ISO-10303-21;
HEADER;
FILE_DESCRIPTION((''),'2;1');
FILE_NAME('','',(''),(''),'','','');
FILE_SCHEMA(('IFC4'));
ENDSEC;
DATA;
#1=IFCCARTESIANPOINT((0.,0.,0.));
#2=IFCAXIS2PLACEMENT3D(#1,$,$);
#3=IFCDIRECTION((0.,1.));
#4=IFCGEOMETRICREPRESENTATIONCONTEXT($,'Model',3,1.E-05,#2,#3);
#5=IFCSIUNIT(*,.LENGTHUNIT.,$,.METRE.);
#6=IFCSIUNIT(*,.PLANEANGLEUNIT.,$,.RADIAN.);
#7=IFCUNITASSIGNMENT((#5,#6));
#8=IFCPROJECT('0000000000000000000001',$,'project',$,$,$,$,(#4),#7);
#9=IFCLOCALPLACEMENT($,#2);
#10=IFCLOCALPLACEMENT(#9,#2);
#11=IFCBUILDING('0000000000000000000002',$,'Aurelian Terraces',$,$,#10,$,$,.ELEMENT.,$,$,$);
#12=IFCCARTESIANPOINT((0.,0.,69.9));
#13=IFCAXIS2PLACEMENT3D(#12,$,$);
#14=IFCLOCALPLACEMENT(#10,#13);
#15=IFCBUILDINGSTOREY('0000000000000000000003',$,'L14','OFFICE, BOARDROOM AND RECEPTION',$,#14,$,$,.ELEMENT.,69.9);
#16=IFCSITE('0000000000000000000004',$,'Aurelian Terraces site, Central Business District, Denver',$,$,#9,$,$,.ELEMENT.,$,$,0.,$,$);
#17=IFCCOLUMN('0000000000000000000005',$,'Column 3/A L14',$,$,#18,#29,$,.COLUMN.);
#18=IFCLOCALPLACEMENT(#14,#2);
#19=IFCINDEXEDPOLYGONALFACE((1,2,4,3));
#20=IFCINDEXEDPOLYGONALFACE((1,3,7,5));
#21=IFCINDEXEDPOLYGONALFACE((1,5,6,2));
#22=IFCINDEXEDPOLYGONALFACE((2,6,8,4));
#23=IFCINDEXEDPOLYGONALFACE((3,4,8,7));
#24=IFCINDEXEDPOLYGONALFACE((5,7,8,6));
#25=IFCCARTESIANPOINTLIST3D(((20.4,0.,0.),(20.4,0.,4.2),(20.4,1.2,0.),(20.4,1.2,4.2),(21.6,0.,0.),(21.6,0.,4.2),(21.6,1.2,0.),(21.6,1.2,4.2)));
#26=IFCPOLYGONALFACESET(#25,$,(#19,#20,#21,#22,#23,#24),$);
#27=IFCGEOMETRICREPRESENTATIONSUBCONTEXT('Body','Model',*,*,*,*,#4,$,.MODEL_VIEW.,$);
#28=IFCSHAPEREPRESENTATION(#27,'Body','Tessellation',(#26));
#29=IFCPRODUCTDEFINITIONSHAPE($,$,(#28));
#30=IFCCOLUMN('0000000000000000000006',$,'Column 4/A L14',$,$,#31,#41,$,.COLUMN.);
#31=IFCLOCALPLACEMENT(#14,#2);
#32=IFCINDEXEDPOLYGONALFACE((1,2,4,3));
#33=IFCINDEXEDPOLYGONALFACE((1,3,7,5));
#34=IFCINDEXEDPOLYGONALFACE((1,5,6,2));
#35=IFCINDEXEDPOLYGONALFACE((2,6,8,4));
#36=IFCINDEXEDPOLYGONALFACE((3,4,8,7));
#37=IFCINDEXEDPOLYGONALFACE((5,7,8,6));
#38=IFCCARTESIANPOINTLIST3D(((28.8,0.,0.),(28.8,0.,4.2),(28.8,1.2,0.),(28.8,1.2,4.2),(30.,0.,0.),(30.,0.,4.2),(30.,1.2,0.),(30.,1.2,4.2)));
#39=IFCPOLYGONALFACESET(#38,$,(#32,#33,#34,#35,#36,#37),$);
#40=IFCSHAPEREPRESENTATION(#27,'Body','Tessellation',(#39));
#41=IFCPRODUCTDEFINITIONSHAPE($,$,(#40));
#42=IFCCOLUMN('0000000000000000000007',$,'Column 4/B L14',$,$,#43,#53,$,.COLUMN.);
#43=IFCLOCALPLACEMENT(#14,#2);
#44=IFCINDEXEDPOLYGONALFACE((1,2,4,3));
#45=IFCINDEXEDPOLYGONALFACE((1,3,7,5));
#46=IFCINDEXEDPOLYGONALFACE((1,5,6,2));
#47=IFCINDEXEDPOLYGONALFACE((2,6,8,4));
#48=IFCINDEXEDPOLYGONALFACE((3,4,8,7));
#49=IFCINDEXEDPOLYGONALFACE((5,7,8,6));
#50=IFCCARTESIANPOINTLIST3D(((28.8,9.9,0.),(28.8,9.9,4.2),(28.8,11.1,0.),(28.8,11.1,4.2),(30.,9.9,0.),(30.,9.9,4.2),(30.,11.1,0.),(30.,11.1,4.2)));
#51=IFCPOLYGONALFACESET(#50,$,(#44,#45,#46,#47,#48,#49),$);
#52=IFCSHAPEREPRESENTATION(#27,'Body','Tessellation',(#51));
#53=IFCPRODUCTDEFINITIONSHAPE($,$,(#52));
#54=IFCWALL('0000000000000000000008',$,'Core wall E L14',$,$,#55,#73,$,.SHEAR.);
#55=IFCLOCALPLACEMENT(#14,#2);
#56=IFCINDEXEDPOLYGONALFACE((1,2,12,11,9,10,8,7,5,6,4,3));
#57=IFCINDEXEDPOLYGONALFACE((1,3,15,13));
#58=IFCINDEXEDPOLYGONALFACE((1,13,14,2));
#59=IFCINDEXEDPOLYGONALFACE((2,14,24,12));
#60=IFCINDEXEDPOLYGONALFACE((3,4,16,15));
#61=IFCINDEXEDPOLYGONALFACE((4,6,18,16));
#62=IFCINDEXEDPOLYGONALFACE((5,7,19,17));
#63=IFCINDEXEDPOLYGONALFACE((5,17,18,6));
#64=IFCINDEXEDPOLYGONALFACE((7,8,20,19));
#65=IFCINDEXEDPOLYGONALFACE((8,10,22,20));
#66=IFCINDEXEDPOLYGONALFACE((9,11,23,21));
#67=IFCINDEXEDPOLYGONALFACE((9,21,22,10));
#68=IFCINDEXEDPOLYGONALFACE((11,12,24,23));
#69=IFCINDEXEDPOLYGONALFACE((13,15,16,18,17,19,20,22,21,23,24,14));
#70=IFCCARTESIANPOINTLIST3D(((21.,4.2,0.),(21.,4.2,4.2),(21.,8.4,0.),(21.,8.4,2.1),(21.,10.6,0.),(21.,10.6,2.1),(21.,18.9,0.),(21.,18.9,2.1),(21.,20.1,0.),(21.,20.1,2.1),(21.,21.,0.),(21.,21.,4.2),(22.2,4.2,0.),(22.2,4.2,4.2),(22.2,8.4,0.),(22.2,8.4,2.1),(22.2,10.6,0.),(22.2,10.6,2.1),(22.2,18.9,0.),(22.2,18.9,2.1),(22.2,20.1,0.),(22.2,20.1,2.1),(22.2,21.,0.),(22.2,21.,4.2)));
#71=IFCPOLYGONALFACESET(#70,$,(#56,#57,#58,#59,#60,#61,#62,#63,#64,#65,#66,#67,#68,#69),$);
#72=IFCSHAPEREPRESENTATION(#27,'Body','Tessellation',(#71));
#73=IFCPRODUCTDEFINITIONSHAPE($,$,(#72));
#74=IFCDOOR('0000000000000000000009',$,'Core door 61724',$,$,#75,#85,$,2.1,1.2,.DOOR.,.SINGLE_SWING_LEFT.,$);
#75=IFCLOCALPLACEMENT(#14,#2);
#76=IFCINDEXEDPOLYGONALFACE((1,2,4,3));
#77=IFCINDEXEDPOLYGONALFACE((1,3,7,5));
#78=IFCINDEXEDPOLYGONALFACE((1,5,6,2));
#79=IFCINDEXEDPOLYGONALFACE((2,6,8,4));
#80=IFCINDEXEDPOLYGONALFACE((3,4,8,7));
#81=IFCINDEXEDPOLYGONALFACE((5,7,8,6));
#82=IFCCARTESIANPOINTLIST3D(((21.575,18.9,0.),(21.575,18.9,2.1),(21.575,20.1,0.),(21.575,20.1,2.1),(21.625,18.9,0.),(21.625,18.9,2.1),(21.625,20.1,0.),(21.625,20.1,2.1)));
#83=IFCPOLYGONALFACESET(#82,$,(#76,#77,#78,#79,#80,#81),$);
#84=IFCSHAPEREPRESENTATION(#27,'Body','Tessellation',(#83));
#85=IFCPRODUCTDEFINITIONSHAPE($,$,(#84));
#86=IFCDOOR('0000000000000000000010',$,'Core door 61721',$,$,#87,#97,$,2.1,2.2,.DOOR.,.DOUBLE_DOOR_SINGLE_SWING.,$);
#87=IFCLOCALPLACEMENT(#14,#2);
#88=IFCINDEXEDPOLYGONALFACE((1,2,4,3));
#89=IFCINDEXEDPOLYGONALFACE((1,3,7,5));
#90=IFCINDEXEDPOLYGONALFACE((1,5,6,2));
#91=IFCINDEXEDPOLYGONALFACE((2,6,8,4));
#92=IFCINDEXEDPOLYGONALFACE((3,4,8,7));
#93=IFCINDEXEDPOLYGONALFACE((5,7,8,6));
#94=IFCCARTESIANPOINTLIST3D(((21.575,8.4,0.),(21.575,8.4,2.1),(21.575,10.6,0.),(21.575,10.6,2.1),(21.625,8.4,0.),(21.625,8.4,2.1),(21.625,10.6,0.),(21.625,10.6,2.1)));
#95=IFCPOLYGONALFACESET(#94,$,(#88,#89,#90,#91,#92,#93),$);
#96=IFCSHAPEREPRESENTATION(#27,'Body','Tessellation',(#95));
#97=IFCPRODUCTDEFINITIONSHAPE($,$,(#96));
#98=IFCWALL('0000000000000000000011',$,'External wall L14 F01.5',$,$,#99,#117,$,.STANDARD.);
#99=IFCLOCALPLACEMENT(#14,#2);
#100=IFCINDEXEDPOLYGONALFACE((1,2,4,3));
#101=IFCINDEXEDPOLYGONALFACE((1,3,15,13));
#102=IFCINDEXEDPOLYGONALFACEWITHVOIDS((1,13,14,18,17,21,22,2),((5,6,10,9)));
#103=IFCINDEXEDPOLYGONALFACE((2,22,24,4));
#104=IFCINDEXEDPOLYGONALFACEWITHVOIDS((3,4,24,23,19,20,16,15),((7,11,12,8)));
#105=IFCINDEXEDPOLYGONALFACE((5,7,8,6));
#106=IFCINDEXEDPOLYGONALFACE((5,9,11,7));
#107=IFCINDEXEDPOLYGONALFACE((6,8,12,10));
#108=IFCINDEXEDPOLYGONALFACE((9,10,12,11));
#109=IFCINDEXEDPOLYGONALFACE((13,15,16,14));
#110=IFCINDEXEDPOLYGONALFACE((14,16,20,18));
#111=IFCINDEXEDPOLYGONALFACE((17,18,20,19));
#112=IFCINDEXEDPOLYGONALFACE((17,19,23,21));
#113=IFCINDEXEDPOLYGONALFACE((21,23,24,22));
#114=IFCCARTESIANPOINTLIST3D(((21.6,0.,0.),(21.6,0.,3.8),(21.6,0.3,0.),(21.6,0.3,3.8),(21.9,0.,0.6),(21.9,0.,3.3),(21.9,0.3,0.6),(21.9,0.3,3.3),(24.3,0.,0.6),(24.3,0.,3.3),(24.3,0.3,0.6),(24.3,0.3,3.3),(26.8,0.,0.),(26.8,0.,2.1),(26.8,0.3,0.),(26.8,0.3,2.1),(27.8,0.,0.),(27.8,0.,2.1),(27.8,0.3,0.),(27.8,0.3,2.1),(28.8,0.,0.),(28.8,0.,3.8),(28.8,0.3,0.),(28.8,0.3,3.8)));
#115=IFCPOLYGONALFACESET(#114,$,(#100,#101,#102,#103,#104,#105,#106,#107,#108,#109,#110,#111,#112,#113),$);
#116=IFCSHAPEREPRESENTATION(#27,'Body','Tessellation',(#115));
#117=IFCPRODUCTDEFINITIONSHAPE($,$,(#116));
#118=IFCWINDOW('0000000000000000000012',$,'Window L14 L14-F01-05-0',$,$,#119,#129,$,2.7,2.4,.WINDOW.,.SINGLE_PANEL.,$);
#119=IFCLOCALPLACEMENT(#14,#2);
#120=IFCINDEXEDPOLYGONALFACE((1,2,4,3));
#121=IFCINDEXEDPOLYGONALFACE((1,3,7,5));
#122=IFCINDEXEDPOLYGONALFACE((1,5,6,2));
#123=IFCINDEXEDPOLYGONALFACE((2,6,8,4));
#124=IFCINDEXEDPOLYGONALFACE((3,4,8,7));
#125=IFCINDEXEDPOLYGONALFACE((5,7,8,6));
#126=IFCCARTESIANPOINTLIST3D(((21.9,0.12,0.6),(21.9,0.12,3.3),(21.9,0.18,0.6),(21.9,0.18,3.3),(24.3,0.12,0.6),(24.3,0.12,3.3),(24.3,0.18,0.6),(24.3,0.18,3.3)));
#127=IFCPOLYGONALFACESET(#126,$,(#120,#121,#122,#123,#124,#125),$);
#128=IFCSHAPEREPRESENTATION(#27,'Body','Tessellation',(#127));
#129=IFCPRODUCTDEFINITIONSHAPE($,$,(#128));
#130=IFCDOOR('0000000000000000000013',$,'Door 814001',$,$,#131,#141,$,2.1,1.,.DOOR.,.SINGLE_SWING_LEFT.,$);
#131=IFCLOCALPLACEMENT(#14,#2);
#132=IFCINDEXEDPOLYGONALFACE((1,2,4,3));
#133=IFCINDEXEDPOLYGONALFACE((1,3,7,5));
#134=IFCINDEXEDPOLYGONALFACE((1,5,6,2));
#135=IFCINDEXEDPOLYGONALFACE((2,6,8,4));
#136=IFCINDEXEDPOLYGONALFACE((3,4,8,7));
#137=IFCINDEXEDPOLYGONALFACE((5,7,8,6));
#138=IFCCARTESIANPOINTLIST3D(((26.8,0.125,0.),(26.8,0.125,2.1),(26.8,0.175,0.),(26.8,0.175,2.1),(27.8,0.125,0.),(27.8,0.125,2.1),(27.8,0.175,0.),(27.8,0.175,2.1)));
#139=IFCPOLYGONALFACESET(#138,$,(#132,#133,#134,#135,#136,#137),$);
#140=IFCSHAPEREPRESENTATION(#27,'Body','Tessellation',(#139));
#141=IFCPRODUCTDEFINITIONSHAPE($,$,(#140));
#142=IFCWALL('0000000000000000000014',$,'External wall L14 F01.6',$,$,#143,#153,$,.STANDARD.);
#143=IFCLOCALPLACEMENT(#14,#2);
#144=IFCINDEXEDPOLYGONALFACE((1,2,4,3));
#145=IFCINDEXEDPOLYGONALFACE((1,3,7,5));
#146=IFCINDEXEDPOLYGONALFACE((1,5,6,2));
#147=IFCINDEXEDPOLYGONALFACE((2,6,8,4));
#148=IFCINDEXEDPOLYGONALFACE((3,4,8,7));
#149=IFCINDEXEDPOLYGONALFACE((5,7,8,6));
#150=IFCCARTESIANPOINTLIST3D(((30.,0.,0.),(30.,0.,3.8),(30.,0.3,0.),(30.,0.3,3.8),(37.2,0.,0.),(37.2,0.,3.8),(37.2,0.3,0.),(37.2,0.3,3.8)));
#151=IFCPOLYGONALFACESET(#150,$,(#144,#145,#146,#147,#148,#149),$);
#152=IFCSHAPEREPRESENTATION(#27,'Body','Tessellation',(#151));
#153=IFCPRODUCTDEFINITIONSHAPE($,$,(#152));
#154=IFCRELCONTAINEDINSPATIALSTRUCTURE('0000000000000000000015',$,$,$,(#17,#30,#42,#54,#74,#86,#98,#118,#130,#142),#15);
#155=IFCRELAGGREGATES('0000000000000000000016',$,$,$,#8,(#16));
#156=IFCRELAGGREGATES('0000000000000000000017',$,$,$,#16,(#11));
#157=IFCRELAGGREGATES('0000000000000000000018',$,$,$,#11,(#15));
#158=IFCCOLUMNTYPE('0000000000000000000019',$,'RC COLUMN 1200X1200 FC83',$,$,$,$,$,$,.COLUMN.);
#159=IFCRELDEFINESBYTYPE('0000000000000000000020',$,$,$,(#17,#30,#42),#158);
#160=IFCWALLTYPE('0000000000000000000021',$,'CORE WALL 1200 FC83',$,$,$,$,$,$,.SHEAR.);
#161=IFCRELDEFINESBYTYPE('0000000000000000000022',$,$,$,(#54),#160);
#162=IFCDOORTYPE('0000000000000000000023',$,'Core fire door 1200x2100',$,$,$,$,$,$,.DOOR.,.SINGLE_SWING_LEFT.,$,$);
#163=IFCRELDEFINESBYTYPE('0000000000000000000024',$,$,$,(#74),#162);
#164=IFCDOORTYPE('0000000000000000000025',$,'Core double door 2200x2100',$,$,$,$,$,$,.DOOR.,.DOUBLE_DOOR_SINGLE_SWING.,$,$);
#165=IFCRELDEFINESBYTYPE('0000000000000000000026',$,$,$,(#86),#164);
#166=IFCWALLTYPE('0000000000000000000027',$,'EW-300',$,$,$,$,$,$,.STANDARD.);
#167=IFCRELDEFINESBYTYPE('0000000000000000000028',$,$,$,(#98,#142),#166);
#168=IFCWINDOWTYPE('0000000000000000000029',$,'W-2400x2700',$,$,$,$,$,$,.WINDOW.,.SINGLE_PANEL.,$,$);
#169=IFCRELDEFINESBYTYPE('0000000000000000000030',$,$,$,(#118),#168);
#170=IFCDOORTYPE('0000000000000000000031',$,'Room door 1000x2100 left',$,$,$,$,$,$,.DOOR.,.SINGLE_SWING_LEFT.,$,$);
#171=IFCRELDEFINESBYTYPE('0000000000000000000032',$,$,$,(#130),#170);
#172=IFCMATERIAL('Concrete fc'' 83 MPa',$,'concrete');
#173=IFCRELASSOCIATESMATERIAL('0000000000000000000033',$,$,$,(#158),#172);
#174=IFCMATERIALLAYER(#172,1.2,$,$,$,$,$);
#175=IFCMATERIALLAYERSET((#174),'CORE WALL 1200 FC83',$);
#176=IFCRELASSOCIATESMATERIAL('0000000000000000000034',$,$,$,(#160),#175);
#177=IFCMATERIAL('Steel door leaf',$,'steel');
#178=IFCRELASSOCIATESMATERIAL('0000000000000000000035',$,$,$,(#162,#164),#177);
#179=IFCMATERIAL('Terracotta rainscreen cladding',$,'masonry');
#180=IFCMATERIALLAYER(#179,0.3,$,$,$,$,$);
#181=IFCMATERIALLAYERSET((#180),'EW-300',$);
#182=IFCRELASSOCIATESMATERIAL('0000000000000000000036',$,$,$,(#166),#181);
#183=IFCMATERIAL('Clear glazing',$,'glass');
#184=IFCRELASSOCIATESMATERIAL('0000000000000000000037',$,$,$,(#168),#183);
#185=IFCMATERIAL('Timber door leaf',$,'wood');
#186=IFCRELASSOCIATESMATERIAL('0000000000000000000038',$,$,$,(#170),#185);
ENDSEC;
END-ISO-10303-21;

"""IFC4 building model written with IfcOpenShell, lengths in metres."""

from ifc_helpers import new_model, si_unit, direction, frame, frame_2d, origin, origin_2d, place, context, subcontext, project, spatial, rectangle, extrude, source, transform, mapped, material, layer, layer_set, material_profile, profile_set, type_object, element, fill, save


model = new_model("IFC4")

# Units and contexts
model_context = context("Model", 3, precision=1e-05, world=origin(), true_north=direction((0.0, 1.0)))
body_context = subcontext(model_context, "Body", "Model", "MODEL_VIEW")
ifc_project = project(units=[si_unit("LENGTHUNIT", "METRE"), si_unit("PLANEANGLEUNIT", "RADIAN")], contexts=[model_context])

# Site, building, storey
site_placement = place(None, origin())
site = spatial("IfcSite", under=ifc_project, at=site_placement, Name="Aurelian Terraces site, Central Business District, Denver", CompositionType="ELEMENT", RefElevation=0.0)
building_placement = place(site_placement, origin())
building = spatial("IfcBuilding", under=site, at=building_placement, Name="Aurelian Terraces", CompositionType="ELEMENT")
storey_placement = place(building_placement, frame((0.0, 0.0, 69.9)))
storey = spatial("IfcBuildingStorey", under=building, at=storey_placement, Name="L14", Description="OFFICE, BOARDROOM AND RECEPTION", CompositionType="ELEMENT", Elevation=69.9)

# Columns
ifc_material_1 = material(Name="Concrete fc' 83 MPa", Category="concrete")
ifc_material_profile = material_profile(ifc_material_1, rectangle(XDim=1.2, YDim=1.2, at=origin_2d()))
ifc_profile_set = profile_set([ifc_material_profile], Name="Concrete fc' 83 MPa")
column_type = type_object("IfcColumnType", Name="RC COLUMN 1200X1200 FC83", PredefinedType="COLUMN", material=ifc_profile_set)
shared_shape_1 = source(origin(), body_context, "Body", "SweptSolid", [
    extrude(rectangle(XDim=1.2, YDim=1.2, at=origin_2d()), origin(), (0.0, 0.0, 1.0), 4.2),
])
for number, where, z_axis, x_axis, name in (
    (1, (21.0, 0.6, 0.0), (0.0, 0.0, 1.0), (1.0, 0.0, 0.0), "Column 3/A L14"),
    (2, (29.4, 0.6, 0.0), (0.0, 0.0, 1.0), (1.0, 0.0, 0.0), "Column 4/A L14"),
    (3, (29.4, 10.5, 0.0), (0.0, 0.0, 1.0), (1.0, 0.0, 0.0), "Column 4/B L14"),
):
    element("IfcColumn", number, at=place(storey_placement, frame(where, z_axis=z_axis, x_axis=x_axis)), inside=storey, type_object=column_type, Name=name, PredefinedType="COLUMN", context=body_context, shape_type="MappedRepresentation", body=[
        mapped(shared_shape_1, transform((0.0, 0.0, 0.0), scale=1.0)),
    ])

# Wall, openings, doors
ifc_layer_1 = layer(ifc_material_1, 1.2)
ifc_layer_set_1 = layer_set([ifc_layer_1], Name="CORE WALL 1200 FC83")
wall_type_1 = type_object("IfcWallType", Name="CORE WALL 1200 FC83", PredefinedType="SHEAR", material=ifc_layer_set_1)
shared_shape_2 = source(origin(), body_context, "Body", "SweptSolid", [
    extrude(rectangle(XDim=16.8, YDim=1.2, at=frame_2d((8.4, 0.0))), origin(), (0.0, 0.0, 1.0), 4.2),
])
wall_1_placement = place(storey_placement, frame((21.6, 4.2, 0.0), z_axis=(0.0, 0.0, 1.0), x_axis=(0.0, 1.0, 0.0)))
wall_1 = element("IfcWall", 4, at=wall_1_placement, inside=storey, type_object=wall_type_1, Name="Core wall E L14", PredefinedType="SHEAR", context=body_context, shape_type="MappedRepresentation", body=[
    mapped(shared_shape_2, transform((0.0, 0.0, 0.0), scale=1.0)),
])
shared_shape_3 = source(origin(), body_context, "Body", "SweptSolid", [
    extrude(rectangle(XDim=2.2, YDim=2.1, at=frame_2d((1.1, 1.05))), frame((0.0, 0.61, 0.0), z_axis=(0.0, -1.0, 0.0), x_axis=(1.0, 0.0, 0.0)), (0.0, 0.0, 1.0), 1.22),
])
opening_1_placement = place(wall_1_placement, frame((4.2, 0.0, 0.0)))
opening_1 = element("IfcOpeningElement", 5, at=opening_1_placement, cuts=wall_1, PredefinedType="OPENING", context=body_context, shape_type="MappedRepresentation", body=[
    mapped(shared_shape_3, transform((0.0, 0.0, 0.0), scale=1.0)),
])
shared_shape_4 = source(origin(), body_context, "Body", "SweptSolid", [
    extrude(rectangle(XDim=1.2, YDim=2.1, at=frame_2d((0.6, 1.05))), frame((0.0, 0.61, 0.0), z_axis=(0.0, -1.0, 0.0), x_axis=(1.0, 0.0, 0.0)), (0.0, 0.0, 1.0), 1.22),
])
opening_2_placement = place(wall_1_placement, frame((14.7, 0.0, 0.0)))
opening_2 = element("IfcOpeningElement", 6, at=opening_2_placement, cuts=wall_1, PredefinedType="OPENING", context=body_context, shape_type="MappedRepresentation", body=[
    mapped(shared_shape_4, transform((0.0, 0.0, 0.0), scale=1.0)),
])
ifc_material_2 = material(Name="Steel door leaf", Category="steel")
door_type_1 = type_object("IfcDoorType", Name="Core fire door 1200x2100", OperationType="SINGLE_SWING_LEFT", PredefinedType="DOOR", material=ifc_material_2)
shared_shape_5 = source(origin(), body_context, "Body", "SweptSolid", [
    extrude(rectangle(XDim=1.2, YDim=2.1, at=frame_2d((0.6, 1.05))), frame((0.0, 0.025, 0.0), z_axis=(0.0, -1.0, 0.0), x_axis=(1.0, 0.0, 0.0)), (0.0, 0.0, 1.0), 0.05),
])
door_1_placement = place(opening_2_placement, origin())
door_1 = element("IfcDoor", 7, at=door_1_placement, inside=storey, type_object=door_type_1, Name="Core door 61724", OperationType="SINGLE_SWING_LEFT", OverallHeight=2.1, OverallWidth=1.2, PredefinedType="DOOR", context=body_context, shape_type="MappedRepresentation", body=[
    mapped(shared_shape_5, transform((0.0, 0.0, 0.0), scale=1.0)),
])
fill(opening_2, door_1)
door_type_2 = type_object("IfcDoorType", Name="Core double door 2200x2100", OperationType="DOUBLE_DOOR_SINGLE_SWING", PredefinedType="DOOR", material=ifc_material_2)
shared_shape_6 = source(origin(), body_context, "Body", "SweptSolid", [
    extrude(rectangle(XDim=2.2, YDim=2.1, at=frame_2d((1.1, 1.05))), frame((0.0, 0.025, 0.0), z_axis=(0.0, -1.0, 0.0), x_axis=(1.0, 0.0, 0.0)), (0.0, 0.0, 1.0), 0.05),
])
door_2_placement = place(opening_1_placement, origin())
door_2 = element("IfcDoor", 8, at=door_2_placement, inside=storey, type_object=door_type_2, Name="Core door 61721", OperationType="DOUBLE_DOOR_SINGLE_SWING", OverallHeight=2.1, OverallWidth=2.2, PredefinedType="DOOR", context=body_context, shape_type="MappedRepresentation", body=[
    mapped(shared_shape_6, transform((0.0, 0.0, 0.0), scale=1.0)),
])
fill(opening_1, door_2)

# Wall, openings, window, door
ifc_material_3 = material(Name="Terracotta rainscreen cladding", Category="masonry")
ifc_layer_2 = layer(ifc_material_3, 0.3)
ifc_layer_set_2 = layer_set([ifc_layer_2], Name="EW-300")
wall_type_2 = type_object("IfcWallType", Name="EW-300", PredefinedType="STANDARD", material=ifc_layer_set_2)
shared_shape_7 = source(origin(), body_context, "Body", "SweptSolid", [
    extrude(rectangle(XDim=7.2, YDim=0.3, at=frame_2d((3.6, 0.0))), origin(), (0.0, 0.0, 1.0), 3.8),
])
wall_2_placement = place(storey_placement, frame((21.6, 0.15, 0.0), z_axis=(0.0, 0.0, 1.0), x_axis=(1.0, 0.0, 0.0)))
wall_2 = element("IfcWall", 9, at=wall_2_placement, inside=storey, type_object=wall_type_2, Name="External wall L14 F01.5", PredefinedType="STANDARD", context=body_context, shape_type="MappedRepresentation", body=[
    mapped(shared_shape_7, transform((0.0, 0.0, 0.0), scale=1.0)),
])
shared_shape_8 = source(origin(), body_context, "Body", "SweptSolid", [
    extrude(rectangle(XDim=2.4, YDim=2.7, at=frame_2d((1.2, 1.35))), frame((0.0, 0.16, 0.0), z_axis=(0.0, -1.0, 0.0), x_axis=(1.0, 0.0, 0.0)), (0.0, 0.0, 1.0), 0.32),
])
opening_3_placement = place(wall_2_placement, frame((0.3, 0.0, 0.6)))
opening_3 = element("IfcOpeningElement", 10, at=opening_3_placement, cuts=wall_2, PredefinedType="OPENING", context=body_context, shape_type="MappedRepresentation", body=[
    mapped(shared_shape_8, transform((0.0, 0.0, 0.0), scale=1.0)),
])
shared_shape_9 = source(origin(), body_context, "Body", "SweptSolid", [
    extrude(rectangle(XDim=1.0, YDim=2.1, at=frame_2d((0.5, 1.05))), frame((0.0, 0.16, 0.0), z_axis=(0.0, -1.0, 0.0), x_axis=(1.0, 0.0, 0.0)), (0.0, 0.0, 1.0), 0.32),
])
opening_4_placement = place(wall_2_placement, frame((5.2, 0.0, 0.0)))
opening_4 = element("IfcOpeningElement", 11, at=opening_4_placement, cuts=wall_2, PredefinedType="OPENING", context=body_context, shape_type="MappedRepresentation", body=[
    mapped(shared_shape_9, transform((0.0, 0.0, 0.0), scale=1.0)),
])
ifc_material_4 = material(Name="Clear glazing", Category="glass")
window_type_1 = type_object("IfcWindowType", Name="W-2400x2700", PartitioningType="SINGLE_PANEL", PredefinedType="WINDOW", material=ifc_material_4)
shared_shape_10 = source(origin(), body_context, "Body", "SweptSolid", [
    extrude(rectangle(XDim=2.4, YDim=2.7, at=frame_2d((1.2, 1.35))), frame((0.0, 0.03, 0.0), z_axis=(0.0, -1.0, 0.0), x_axis=(1.0, 0.0, 0.0)), (0.0, 0.0, 1.0), 0.06),
])
window_1_placement = place(opening_3_placement, origin())
window_1 = element("IfcWindow", 12, at=window_1_placement, inside=storey, type_object=window_type_1, Name="Window L14 L14-F01-05-0", OverallHeight=2.7, OverallWidth=2.4, PartitioningType="SINGLE_PANEL", PredefinedType="WINDOW", context=body_context, shape_type="MappedRepresentation", body=[
    mapped(shared_shape_10, transform((0.0, 0.0, 0.0), scale=1.0)),
])
fill(opening_3, window_1)
ifc_material_5 = material(Name="Timber door leaf", Category="wood")
door_type_3 = type_object("IfcDoorType", Name="Room door 1000x2100 left", OperationType="SINGLE_SWING_LEFT", PredefinedType="DOOR", material=ifc_material_5)
shared_shape_11 = source(origin(), body_context, "Body", "SweptSolid", [
    extrude(rectangle(XDim=1.0, YDim=2.1, at=frame_2d((0.5, 1.05))), frame((0.0, 0.025, 0.0), z_axis=(0.0, -1.0, 0.0), x_axis=(1.0, 0.0, 0.0)), (0.0, 0.0, 1.0), 0.05),
])
door_3_placement = place(opening_4_placement, origin())
door_3 = element("IfcDoor", 13, at=door_3_placement, inside=storey, type_object=door_type_3, Name="Door 814001", OperationType="SINGLE_SWING_LEFT", OverallHeight=2.1, OverallWidth=1.0, PredefinedType="DOOR", context=body_context, shape_type="MappedRepresentation", body=[
    mapped(shared_shape_11, transform((0.0, 0.0, 0.0), scale=1.0)),
])
fill(opening_4, door_3)

# Wall
wall_3_placement = place(storey_placement, frame((30.0, 0.15, 0.0), z_axis=(0.0, 0.0, 1.0), x_axis=(1.0, 0.0, 0.0)))
element("IfcWall", 14, at=wall_3_placement, inside=storey, type_object=wall_type_2, Name="External wall L14 F01.6", PredefinedType="STANDARD", context=body_context, shape_type="MappedRepresentation", body=[
    mapped(shared_shape_7, transform((0.0, 0.0, 0.0), scale=1.0)),
])

save(model, "model.ifc")
